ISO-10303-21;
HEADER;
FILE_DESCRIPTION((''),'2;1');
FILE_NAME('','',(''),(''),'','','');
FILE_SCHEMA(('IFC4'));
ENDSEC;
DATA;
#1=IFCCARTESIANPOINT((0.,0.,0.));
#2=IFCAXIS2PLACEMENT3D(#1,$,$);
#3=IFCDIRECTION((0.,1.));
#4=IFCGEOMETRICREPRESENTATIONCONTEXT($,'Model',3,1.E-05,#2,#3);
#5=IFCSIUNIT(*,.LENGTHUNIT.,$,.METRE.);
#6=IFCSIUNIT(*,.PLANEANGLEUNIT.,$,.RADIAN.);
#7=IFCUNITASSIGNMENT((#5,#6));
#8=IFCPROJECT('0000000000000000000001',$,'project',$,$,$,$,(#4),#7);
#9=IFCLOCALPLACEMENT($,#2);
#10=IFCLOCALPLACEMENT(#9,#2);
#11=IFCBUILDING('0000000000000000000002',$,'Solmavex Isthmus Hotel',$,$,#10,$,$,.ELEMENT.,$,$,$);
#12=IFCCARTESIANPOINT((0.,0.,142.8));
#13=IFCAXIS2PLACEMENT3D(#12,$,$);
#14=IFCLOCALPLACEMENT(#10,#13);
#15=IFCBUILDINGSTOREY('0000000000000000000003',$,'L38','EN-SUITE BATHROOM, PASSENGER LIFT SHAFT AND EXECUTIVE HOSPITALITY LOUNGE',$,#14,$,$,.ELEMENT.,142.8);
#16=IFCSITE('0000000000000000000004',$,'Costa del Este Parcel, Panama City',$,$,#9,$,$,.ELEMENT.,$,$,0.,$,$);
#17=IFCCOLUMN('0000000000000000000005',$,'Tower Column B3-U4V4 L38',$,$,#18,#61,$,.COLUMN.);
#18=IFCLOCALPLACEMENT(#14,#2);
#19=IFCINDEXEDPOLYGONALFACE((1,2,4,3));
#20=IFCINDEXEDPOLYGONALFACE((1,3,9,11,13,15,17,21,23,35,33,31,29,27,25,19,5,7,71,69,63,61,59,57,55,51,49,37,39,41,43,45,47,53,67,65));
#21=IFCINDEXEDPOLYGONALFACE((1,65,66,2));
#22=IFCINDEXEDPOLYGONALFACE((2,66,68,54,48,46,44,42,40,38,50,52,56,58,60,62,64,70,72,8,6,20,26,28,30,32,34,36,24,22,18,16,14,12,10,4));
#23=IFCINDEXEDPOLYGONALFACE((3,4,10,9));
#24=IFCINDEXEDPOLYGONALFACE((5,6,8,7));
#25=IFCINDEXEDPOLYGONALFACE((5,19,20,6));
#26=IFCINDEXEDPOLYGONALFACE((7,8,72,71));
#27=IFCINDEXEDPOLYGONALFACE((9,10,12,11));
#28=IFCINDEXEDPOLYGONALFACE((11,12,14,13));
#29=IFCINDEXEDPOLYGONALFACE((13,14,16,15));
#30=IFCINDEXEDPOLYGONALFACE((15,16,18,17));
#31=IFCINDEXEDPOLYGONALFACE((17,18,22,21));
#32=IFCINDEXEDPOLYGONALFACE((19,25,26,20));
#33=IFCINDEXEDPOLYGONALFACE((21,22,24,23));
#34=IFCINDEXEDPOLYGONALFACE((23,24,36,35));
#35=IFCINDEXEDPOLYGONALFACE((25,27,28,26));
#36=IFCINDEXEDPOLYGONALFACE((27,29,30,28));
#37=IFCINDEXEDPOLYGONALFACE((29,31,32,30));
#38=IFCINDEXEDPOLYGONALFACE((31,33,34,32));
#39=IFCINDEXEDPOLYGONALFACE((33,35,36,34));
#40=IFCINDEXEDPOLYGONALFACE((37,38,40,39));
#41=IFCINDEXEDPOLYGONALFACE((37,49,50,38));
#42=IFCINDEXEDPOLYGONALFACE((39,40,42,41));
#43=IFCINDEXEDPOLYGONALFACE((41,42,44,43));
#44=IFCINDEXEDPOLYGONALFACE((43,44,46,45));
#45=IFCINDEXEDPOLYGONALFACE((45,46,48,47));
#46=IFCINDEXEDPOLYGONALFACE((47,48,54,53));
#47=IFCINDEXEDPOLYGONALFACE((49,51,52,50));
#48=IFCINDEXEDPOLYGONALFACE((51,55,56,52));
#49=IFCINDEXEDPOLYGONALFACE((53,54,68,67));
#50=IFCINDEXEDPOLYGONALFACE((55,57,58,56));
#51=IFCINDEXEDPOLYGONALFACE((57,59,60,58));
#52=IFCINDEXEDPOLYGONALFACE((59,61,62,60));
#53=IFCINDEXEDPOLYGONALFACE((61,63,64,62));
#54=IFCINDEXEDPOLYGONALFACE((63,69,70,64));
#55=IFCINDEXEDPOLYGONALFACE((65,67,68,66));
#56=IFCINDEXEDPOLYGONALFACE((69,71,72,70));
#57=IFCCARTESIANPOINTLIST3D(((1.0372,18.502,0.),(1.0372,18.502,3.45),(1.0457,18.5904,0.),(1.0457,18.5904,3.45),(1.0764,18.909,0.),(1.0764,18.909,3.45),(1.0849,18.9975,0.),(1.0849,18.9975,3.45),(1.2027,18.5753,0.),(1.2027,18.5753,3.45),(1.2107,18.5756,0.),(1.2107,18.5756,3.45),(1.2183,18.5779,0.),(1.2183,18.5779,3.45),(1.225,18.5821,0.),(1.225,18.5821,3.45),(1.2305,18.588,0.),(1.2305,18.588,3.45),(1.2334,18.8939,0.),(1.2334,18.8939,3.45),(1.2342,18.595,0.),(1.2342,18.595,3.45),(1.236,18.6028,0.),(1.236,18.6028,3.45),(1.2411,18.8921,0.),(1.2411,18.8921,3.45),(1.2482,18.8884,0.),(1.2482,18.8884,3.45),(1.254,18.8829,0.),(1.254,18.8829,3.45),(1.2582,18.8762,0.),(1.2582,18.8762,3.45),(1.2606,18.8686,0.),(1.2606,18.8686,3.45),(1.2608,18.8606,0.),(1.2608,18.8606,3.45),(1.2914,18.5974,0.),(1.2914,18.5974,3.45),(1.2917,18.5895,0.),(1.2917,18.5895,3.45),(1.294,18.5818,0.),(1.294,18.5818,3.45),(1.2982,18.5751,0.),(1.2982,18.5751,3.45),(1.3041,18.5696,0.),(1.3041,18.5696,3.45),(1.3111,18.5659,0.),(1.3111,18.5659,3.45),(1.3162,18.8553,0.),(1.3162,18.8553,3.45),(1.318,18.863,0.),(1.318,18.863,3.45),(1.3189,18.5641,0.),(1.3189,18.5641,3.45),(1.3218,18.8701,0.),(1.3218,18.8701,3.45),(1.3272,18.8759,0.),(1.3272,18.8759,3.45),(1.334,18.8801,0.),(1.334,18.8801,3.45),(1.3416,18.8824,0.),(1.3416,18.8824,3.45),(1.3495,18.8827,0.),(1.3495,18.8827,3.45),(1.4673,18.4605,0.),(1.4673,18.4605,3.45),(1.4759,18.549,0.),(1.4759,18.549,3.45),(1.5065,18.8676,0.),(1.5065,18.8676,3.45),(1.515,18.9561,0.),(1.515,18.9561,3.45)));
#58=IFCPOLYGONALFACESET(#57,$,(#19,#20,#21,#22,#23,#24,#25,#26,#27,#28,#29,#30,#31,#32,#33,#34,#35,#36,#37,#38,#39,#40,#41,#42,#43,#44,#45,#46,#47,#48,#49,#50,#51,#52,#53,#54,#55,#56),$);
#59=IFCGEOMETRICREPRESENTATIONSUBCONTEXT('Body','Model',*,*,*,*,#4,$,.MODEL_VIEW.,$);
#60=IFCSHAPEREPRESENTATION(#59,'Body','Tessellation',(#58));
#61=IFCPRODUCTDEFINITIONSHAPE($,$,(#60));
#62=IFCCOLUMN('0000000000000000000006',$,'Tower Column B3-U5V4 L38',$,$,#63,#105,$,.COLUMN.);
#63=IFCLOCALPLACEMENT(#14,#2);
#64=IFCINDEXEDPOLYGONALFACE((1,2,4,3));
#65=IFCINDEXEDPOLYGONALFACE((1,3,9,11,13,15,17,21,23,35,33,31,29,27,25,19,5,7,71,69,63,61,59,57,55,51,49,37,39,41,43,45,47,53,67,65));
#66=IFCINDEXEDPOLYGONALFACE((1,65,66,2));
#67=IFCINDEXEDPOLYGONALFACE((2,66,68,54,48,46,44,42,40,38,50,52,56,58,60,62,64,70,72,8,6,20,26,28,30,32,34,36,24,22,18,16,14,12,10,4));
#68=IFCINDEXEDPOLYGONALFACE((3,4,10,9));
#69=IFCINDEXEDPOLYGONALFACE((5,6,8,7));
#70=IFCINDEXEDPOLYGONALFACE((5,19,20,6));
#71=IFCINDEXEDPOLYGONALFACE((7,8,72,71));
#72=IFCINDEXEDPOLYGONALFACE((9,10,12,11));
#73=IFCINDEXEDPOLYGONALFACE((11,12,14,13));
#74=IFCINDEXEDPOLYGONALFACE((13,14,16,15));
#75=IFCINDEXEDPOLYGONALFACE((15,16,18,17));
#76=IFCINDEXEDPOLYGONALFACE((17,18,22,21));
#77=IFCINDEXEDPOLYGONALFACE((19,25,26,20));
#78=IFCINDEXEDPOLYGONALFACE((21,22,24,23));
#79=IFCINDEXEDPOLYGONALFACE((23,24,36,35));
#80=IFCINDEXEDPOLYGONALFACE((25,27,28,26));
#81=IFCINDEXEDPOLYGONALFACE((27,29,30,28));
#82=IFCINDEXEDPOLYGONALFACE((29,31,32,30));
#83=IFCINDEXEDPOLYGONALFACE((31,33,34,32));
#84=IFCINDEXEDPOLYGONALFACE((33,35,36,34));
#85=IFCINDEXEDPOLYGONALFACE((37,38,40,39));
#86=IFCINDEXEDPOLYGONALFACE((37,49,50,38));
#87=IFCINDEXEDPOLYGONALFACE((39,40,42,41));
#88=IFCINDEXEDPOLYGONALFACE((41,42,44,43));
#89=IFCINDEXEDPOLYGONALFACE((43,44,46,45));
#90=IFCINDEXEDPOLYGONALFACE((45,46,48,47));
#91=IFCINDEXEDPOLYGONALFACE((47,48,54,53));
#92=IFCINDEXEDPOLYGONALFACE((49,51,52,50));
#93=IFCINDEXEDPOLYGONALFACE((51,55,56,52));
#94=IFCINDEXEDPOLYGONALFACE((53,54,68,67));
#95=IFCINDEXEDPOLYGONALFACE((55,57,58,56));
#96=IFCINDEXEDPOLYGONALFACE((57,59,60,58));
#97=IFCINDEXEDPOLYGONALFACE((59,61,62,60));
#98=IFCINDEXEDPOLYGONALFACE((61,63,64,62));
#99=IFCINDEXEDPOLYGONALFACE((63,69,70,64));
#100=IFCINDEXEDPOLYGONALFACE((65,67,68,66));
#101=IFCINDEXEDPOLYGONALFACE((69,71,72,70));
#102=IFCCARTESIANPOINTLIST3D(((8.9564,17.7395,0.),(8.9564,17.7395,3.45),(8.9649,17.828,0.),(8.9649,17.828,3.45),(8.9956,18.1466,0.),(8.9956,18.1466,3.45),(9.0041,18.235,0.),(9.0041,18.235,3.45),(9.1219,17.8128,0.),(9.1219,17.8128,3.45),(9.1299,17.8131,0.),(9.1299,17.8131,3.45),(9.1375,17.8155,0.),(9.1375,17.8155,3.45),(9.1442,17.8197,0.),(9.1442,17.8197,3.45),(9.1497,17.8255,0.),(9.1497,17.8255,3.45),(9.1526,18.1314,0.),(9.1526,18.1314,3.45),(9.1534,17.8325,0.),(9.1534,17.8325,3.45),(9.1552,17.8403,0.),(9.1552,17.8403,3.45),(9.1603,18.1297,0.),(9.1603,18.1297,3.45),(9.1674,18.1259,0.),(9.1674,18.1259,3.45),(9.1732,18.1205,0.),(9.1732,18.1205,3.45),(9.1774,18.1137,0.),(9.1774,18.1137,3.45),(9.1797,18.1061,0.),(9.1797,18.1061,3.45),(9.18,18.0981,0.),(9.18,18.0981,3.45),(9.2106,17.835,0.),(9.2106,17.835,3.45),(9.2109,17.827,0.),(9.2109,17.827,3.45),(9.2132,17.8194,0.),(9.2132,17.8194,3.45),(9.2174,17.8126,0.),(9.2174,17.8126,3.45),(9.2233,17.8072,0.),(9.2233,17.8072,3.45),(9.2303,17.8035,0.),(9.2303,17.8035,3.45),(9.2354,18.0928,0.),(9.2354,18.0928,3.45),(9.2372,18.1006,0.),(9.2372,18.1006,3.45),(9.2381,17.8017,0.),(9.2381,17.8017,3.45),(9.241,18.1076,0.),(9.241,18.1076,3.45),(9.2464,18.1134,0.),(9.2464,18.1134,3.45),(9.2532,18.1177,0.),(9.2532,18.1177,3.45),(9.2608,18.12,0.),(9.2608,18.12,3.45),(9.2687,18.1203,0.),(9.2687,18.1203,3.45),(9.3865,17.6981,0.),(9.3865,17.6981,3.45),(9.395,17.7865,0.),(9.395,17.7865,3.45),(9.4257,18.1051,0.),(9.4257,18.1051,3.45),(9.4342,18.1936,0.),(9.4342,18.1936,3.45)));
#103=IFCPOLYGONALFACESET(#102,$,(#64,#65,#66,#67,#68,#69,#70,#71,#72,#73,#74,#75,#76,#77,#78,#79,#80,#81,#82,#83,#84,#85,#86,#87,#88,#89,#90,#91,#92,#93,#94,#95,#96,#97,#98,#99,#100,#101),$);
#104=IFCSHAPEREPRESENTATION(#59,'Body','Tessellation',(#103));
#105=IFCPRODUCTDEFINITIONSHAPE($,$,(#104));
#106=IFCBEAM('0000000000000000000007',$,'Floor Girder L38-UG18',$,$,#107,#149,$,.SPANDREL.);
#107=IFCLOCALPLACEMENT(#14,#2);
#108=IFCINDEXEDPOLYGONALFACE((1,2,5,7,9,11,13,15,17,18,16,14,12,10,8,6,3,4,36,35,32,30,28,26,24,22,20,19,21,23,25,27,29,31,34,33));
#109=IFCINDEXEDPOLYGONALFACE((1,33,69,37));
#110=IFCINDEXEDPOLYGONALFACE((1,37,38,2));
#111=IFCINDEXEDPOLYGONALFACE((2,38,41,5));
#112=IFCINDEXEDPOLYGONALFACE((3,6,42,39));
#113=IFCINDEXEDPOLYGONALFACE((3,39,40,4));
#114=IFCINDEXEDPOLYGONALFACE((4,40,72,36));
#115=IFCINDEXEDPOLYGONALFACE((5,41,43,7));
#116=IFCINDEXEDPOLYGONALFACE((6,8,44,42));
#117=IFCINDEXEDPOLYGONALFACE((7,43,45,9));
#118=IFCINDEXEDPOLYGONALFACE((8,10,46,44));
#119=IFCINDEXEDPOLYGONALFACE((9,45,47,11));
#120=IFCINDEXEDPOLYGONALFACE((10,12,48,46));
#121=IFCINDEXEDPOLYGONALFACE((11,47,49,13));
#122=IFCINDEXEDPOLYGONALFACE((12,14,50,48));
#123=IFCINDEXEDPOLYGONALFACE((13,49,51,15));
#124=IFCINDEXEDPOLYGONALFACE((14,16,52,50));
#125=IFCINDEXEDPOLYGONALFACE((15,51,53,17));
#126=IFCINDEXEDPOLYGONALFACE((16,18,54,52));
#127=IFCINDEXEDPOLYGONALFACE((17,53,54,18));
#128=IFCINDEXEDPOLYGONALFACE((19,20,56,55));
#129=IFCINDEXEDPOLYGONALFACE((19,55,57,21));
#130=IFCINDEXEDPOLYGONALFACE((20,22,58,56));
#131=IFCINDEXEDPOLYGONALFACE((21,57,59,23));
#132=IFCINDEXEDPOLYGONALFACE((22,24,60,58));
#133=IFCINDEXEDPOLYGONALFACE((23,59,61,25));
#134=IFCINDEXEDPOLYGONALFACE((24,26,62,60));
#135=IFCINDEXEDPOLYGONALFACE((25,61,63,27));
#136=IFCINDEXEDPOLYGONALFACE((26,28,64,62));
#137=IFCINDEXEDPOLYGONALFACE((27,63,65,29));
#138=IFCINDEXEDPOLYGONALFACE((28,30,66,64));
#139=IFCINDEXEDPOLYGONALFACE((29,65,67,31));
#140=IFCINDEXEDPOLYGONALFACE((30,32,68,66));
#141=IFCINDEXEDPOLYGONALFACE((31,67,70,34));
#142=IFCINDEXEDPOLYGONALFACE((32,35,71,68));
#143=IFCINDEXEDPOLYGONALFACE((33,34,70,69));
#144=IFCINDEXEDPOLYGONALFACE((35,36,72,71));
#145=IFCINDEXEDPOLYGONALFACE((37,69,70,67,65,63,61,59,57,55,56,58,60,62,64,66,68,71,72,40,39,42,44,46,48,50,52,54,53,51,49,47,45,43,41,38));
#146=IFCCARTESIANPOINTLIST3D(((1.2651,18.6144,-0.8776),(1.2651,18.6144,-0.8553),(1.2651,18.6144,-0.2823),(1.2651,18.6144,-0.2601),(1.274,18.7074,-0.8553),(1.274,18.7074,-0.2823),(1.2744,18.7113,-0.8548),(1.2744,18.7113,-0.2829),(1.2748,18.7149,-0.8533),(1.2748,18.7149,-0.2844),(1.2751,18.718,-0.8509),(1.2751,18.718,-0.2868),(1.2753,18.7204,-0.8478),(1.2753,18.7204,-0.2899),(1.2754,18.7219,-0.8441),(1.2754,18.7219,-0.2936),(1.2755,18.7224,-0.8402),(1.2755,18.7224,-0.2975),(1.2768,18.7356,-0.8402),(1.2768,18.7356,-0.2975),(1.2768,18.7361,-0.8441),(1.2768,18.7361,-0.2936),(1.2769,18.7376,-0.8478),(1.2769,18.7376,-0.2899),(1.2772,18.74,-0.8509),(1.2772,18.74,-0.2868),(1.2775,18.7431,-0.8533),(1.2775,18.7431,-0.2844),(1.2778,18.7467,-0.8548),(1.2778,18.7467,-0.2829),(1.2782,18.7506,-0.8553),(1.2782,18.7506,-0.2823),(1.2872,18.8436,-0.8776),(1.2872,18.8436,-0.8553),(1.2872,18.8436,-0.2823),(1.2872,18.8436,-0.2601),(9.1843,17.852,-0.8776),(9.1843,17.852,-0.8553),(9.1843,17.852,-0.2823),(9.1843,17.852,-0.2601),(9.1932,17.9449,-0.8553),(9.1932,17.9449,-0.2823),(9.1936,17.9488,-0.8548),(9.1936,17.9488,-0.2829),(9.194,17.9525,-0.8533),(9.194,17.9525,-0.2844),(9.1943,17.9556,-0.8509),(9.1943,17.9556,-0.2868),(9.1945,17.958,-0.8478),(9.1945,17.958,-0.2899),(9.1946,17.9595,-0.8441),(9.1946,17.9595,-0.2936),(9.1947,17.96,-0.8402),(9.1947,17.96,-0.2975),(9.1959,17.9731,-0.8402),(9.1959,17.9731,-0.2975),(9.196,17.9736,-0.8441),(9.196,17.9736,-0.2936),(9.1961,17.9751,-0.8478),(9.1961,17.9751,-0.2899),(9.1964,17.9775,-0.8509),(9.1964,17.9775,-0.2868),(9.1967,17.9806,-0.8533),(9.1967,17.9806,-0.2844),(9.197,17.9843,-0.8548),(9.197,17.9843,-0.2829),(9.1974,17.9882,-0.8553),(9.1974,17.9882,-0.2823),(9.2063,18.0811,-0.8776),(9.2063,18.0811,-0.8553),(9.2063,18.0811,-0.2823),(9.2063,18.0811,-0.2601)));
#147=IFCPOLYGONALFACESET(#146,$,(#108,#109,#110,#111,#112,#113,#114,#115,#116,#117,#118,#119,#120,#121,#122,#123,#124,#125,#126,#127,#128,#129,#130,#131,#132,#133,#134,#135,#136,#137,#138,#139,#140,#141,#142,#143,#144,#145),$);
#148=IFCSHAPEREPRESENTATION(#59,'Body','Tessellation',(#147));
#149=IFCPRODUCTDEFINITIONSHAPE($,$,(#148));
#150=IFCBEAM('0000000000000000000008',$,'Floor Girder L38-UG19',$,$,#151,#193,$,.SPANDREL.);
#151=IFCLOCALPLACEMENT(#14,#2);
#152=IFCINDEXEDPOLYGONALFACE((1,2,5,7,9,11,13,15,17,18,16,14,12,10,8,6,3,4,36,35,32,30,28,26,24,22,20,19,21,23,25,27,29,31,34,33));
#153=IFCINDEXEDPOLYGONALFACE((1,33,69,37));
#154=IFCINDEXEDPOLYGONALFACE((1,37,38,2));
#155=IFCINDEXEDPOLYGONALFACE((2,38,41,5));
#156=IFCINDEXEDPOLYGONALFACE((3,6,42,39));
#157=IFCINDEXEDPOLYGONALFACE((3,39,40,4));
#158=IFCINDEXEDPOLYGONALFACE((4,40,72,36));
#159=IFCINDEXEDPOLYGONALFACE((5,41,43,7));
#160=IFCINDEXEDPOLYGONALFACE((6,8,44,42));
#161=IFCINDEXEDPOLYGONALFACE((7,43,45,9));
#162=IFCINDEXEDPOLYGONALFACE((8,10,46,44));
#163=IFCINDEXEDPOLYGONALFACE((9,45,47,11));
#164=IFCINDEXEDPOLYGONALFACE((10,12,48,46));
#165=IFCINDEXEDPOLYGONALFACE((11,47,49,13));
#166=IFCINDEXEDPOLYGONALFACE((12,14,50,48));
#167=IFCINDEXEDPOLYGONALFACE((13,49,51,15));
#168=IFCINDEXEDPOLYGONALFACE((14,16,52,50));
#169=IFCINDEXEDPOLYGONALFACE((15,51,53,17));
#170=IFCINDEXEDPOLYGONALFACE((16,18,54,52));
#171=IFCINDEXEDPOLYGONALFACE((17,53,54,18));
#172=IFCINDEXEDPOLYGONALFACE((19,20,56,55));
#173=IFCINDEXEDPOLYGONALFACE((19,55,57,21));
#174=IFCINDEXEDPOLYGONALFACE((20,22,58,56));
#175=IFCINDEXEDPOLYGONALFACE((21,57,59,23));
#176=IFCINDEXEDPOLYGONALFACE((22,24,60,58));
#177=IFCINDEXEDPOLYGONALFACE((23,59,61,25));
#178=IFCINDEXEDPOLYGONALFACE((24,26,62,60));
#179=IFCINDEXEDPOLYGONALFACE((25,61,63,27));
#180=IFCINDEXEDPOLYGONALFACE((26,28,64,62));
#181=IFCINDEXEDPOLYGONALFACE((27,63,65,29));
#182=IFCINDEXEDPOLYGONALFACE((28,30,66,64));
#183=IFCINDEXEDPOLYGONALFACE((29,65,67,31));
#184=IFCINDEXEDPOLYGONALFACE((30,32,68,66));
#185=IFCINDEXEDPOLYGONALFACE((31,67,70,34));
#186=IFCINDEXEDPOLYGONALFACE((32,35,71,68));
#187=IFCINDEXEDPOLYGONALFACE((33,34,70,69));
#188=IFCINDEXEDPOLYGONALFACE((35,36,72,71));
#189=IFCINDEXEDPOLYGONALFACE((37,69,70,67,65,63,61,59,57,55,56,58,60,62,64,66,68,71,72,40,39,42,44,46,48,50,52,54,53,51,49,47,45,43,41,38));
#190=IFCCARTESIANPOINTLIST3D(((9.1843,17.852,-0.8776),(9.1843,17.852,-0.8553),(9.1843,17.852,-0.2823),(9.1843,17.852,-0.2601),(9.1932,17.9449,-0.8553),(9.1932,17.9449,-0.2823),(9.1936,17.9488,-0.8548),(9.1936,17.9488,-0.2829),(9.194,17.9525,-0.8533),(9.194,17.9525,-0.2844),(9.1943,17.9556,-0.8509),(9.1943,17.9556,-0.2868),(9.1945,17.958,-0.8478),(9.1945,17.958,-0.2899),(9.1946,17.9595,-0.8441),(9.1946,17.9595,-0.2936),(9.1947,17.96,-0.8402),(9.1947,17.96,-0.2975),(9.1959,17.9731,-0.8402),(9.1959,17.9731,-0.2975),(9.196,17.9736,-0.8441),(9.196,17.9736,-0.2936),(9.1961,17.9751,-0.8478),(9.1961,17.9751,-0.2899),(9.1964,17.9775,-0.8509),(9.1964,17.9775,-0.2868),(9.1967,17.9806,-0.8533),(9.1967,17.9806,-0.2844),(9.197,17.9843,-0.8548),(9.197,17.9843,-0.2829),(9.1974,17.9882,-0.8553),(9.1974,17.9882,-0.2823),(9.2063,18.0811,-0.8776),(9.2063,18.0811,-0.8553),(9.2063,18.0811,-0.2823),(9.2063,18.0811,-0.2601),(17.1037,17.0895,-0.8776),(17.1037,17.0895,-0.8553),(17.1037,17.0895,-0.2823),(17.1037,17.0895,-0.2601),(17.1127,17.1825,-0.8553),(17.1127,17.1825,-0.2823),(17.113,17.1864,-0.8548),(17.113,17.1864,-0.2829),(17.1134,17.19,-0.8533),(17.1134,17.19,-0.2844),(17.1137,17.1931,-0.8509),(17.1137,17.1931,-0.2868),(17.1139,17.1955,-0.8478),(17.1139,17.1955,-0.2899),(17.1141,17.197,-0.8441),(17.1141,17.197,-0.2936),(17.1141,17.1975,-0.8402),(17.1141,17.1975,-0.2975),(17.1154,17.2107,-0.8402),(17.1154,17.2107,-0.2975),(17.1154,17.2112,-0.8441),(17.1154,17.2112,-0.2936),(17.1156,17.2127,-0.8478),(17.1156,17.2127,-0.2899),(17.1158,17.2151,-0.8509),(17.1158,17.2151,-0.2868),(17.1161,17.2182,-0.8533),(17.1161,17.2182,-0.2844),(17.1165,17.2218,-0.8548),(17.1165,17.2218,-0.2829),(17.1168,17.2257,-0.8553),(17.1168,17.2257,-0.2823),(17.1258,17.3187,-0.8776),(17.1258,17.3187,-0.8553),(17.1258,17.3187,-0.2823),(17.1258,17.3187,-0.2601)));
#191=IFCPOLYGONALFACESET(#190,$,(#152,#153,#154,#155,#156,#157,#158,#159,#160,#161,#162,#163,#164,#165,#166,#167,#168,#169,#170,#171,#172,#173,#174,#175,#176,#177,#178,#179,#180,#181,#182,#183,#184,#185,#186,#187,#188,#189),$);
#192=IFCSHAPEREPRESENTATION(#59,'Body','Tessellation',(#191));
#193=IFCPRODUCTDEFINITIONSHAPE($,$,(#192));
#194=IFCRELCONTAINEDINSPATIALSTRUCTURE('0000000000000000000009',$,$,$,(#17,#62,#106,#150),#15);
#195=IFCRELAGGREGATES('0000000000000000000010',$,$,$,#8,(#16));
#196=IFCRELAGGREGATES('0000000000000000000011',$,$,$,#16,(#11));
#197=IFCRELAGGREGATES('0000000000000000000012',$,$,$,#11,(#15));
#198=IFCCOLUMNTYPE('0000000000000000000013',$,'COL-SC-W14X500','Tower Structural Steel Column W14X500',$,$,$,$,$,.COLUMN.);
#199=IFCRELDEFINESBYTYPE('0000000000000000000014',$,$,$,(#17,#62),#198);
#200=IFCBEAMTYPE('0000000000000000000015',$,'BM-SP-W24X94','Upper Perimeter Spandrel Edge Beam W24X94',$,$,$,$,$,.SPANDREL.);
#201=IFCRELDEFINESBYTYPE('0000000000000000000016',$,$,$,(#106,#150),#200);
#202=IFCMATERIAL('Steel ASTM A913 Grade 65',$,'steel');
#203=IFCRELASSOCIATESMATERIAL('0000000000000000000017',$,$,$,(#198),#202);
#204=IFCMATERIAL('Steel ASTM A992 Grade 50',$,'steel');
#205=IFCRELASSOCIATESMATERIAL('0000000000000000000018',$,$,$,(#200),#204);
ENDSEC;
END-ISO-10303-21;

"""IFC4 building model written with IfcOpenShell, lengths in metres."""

from ifc_helpers import new_model, si_unit, direction, frame, origin, origin_2d, place, context, subcontext, project, spatial, i_section, extrude, material, material_profile, profile_set, type_object, element, save


model = new_model("IFC4")

# Units and contexts
model_context = context("Model", 3, precision=1e-05, world=origin(), true_north=direction((0.0, 1.0)))
body_context = subcontext(model_context, "Body", "Model", "MODEL_VIEW")
ifc_project = project(units=[si_unit("LENGTHUNIT", "METRE"), si_unit("PLANEANGLEUNIT", "RADIAN")], contexts=[model_context])

# Site, building, storey
site_placement = place(None, origin())
site = spatial("IfcSite", under=ifc_project, at=site_placement, Name="Costa del Este Parcel, Panama City", CompositionType="ELEMENT", RefElevation=0.0)
building_placement = place(site_placement, origin())
building = spatial("IfcBuilding", under=site, at=building_placement, Name="Solmavex Isthmus Hotel", CompositionType="ELEMENT")
storey_placement = place(building_placement, frame((0.0, 0.0, 142.8)))
storey = spatial("IfcBuildingStorey", under=building, at=storey_placement, Name="L38", Description="EN-SUITE BATHROOM, PASSENGER LIFT SHAFT AND EXECUTIVE HOSPITALITY LOUNGE", CompositionType="ELEMENT", Elevation=142.8)

# Columns
ifc_material_1 = material(Name="Steel ASTM A913 Grade 65", Category="steel")
ifc_material_profile_1 = material_profile(ifc_material_1, i_section(OverallWidth=0.4321, OverallDepth=0.4978, WebThickness=0.0557, FlangeThickness=0.0889, FilletRadius=0.0305, at=origin_2d()), Name="W14X500")
ifc_profile_set_1 = profile_set([ifc_material_profile_1], Name="Steel ASTM A913 Grade 65")
column_type = type_object("IfcColumnType", Name="COL-SC-W14X500", Description="Tower Structural Steel Column W14X500", PredefinedType="COLUMN", material=ifc_profile_set_1)
for number, where, z_axis, x_axis, name in (
    (1, (1.2761, 18.729, 0.0), (0.0, 0.0, 1.0), (0.995396, -0.095846, 0.0), "Tower Column B3-U4V4 L38"),
    (2, (9.1953, 17.9666, 0.0), (0.0, 0.0, 1.0), (0.995396, -0.095846, 0.0), "Tower Column B3-U5V4 L38"),
):
    element("IfcColumn", number, at=place(storey_placement, frame(where, z_axis=z_axis, x_axis=x_axis)), inside=storey, type_object=column_type, Name=name, PredefinedType="COLUMN", context=body_context, shape_type="SweptSolid", body=[
        extrude(i_section(OverallWidth=0.4321, OverallDepth=0.4978, WebThickness=0.0557, FlangeThickness=0.0889, FilletRadius=0.0305, at=origin_2d()), origin(), (0.0, 0.0, 1.0), 3.45),
    ])

# Beams
ifc_material_2 = material(Name="Steel ASTM A992 Grade 50", Category="steel")
ifc_material_profile_2 = material_profile(ifc_material_2, i_section(OverallWidth=0.2302, OverallDepth=0.6174, WebThickness=0.0132, FlangeThickness=0.0222, FilletRadius=0.0151, at=origin_2d()), Name="W24X94")
ifc_profile_set_2 = profile_set([ifc_material_profile_2], Name="Steel ASTM A992 Grade 50")
beam_type = type_object("IfcBeamType", Name="BM-SP-W24X94", Description="Upper Perimeter Spandrel Edge Beam W24X94", PredefinedType="SPANDREL", material=ifc_profile_set_2)
beam_1_placement = place(storey_placement, frame((1.2761, 18.729, -0.5688), z_axis=(0.995397, -0.095836, 0.0), x_axis=(0.095836, 0.995397, 0.0)))
element("IfcBeam", 3, at=beam_1_placement, inside=storey, type_object=beam_type, Name="Floor Girder L38-UG18", PredefinedType="SPANDREL", context=body_context, shape_type="SweptSolid", body=[
    extrude(i_section(OverallWidth=0.2302, OverallDepth=0.6174, WebThickness=0.0132, FlangeThickness=0.0222, FilletRadius=0.0151, at=origin_2d()), origin(), (0.0, 0.0, 1.0), 7.9558),
])
beam_2_placement = place(storey_placement, frame((9.1953, 17.9666, -0.5688), z_axis=(0.995397, -0.095833, 0.0), x_axis=(0.095833, 0.995397, 0.0)))
element("IfcBeam", 4, at=beam_2_placement, inside=storey, type_object=beam_type, Name="Floor Girder L38-UG19", PredefinedType="SPANDREL", context=body_context, shape_type="SweptSolid", body=[
    extrude(i_section(OverallWidth=0.2302, OverallDepth=0.6174, WebThickness=0.0132, FlangeThickness=0.0222, FilletRadius=0.0151, at=origin_2d()), origin(), (0.0, 0.0, 1.0), 7.9561),
])

save(model, "model.ifc")
